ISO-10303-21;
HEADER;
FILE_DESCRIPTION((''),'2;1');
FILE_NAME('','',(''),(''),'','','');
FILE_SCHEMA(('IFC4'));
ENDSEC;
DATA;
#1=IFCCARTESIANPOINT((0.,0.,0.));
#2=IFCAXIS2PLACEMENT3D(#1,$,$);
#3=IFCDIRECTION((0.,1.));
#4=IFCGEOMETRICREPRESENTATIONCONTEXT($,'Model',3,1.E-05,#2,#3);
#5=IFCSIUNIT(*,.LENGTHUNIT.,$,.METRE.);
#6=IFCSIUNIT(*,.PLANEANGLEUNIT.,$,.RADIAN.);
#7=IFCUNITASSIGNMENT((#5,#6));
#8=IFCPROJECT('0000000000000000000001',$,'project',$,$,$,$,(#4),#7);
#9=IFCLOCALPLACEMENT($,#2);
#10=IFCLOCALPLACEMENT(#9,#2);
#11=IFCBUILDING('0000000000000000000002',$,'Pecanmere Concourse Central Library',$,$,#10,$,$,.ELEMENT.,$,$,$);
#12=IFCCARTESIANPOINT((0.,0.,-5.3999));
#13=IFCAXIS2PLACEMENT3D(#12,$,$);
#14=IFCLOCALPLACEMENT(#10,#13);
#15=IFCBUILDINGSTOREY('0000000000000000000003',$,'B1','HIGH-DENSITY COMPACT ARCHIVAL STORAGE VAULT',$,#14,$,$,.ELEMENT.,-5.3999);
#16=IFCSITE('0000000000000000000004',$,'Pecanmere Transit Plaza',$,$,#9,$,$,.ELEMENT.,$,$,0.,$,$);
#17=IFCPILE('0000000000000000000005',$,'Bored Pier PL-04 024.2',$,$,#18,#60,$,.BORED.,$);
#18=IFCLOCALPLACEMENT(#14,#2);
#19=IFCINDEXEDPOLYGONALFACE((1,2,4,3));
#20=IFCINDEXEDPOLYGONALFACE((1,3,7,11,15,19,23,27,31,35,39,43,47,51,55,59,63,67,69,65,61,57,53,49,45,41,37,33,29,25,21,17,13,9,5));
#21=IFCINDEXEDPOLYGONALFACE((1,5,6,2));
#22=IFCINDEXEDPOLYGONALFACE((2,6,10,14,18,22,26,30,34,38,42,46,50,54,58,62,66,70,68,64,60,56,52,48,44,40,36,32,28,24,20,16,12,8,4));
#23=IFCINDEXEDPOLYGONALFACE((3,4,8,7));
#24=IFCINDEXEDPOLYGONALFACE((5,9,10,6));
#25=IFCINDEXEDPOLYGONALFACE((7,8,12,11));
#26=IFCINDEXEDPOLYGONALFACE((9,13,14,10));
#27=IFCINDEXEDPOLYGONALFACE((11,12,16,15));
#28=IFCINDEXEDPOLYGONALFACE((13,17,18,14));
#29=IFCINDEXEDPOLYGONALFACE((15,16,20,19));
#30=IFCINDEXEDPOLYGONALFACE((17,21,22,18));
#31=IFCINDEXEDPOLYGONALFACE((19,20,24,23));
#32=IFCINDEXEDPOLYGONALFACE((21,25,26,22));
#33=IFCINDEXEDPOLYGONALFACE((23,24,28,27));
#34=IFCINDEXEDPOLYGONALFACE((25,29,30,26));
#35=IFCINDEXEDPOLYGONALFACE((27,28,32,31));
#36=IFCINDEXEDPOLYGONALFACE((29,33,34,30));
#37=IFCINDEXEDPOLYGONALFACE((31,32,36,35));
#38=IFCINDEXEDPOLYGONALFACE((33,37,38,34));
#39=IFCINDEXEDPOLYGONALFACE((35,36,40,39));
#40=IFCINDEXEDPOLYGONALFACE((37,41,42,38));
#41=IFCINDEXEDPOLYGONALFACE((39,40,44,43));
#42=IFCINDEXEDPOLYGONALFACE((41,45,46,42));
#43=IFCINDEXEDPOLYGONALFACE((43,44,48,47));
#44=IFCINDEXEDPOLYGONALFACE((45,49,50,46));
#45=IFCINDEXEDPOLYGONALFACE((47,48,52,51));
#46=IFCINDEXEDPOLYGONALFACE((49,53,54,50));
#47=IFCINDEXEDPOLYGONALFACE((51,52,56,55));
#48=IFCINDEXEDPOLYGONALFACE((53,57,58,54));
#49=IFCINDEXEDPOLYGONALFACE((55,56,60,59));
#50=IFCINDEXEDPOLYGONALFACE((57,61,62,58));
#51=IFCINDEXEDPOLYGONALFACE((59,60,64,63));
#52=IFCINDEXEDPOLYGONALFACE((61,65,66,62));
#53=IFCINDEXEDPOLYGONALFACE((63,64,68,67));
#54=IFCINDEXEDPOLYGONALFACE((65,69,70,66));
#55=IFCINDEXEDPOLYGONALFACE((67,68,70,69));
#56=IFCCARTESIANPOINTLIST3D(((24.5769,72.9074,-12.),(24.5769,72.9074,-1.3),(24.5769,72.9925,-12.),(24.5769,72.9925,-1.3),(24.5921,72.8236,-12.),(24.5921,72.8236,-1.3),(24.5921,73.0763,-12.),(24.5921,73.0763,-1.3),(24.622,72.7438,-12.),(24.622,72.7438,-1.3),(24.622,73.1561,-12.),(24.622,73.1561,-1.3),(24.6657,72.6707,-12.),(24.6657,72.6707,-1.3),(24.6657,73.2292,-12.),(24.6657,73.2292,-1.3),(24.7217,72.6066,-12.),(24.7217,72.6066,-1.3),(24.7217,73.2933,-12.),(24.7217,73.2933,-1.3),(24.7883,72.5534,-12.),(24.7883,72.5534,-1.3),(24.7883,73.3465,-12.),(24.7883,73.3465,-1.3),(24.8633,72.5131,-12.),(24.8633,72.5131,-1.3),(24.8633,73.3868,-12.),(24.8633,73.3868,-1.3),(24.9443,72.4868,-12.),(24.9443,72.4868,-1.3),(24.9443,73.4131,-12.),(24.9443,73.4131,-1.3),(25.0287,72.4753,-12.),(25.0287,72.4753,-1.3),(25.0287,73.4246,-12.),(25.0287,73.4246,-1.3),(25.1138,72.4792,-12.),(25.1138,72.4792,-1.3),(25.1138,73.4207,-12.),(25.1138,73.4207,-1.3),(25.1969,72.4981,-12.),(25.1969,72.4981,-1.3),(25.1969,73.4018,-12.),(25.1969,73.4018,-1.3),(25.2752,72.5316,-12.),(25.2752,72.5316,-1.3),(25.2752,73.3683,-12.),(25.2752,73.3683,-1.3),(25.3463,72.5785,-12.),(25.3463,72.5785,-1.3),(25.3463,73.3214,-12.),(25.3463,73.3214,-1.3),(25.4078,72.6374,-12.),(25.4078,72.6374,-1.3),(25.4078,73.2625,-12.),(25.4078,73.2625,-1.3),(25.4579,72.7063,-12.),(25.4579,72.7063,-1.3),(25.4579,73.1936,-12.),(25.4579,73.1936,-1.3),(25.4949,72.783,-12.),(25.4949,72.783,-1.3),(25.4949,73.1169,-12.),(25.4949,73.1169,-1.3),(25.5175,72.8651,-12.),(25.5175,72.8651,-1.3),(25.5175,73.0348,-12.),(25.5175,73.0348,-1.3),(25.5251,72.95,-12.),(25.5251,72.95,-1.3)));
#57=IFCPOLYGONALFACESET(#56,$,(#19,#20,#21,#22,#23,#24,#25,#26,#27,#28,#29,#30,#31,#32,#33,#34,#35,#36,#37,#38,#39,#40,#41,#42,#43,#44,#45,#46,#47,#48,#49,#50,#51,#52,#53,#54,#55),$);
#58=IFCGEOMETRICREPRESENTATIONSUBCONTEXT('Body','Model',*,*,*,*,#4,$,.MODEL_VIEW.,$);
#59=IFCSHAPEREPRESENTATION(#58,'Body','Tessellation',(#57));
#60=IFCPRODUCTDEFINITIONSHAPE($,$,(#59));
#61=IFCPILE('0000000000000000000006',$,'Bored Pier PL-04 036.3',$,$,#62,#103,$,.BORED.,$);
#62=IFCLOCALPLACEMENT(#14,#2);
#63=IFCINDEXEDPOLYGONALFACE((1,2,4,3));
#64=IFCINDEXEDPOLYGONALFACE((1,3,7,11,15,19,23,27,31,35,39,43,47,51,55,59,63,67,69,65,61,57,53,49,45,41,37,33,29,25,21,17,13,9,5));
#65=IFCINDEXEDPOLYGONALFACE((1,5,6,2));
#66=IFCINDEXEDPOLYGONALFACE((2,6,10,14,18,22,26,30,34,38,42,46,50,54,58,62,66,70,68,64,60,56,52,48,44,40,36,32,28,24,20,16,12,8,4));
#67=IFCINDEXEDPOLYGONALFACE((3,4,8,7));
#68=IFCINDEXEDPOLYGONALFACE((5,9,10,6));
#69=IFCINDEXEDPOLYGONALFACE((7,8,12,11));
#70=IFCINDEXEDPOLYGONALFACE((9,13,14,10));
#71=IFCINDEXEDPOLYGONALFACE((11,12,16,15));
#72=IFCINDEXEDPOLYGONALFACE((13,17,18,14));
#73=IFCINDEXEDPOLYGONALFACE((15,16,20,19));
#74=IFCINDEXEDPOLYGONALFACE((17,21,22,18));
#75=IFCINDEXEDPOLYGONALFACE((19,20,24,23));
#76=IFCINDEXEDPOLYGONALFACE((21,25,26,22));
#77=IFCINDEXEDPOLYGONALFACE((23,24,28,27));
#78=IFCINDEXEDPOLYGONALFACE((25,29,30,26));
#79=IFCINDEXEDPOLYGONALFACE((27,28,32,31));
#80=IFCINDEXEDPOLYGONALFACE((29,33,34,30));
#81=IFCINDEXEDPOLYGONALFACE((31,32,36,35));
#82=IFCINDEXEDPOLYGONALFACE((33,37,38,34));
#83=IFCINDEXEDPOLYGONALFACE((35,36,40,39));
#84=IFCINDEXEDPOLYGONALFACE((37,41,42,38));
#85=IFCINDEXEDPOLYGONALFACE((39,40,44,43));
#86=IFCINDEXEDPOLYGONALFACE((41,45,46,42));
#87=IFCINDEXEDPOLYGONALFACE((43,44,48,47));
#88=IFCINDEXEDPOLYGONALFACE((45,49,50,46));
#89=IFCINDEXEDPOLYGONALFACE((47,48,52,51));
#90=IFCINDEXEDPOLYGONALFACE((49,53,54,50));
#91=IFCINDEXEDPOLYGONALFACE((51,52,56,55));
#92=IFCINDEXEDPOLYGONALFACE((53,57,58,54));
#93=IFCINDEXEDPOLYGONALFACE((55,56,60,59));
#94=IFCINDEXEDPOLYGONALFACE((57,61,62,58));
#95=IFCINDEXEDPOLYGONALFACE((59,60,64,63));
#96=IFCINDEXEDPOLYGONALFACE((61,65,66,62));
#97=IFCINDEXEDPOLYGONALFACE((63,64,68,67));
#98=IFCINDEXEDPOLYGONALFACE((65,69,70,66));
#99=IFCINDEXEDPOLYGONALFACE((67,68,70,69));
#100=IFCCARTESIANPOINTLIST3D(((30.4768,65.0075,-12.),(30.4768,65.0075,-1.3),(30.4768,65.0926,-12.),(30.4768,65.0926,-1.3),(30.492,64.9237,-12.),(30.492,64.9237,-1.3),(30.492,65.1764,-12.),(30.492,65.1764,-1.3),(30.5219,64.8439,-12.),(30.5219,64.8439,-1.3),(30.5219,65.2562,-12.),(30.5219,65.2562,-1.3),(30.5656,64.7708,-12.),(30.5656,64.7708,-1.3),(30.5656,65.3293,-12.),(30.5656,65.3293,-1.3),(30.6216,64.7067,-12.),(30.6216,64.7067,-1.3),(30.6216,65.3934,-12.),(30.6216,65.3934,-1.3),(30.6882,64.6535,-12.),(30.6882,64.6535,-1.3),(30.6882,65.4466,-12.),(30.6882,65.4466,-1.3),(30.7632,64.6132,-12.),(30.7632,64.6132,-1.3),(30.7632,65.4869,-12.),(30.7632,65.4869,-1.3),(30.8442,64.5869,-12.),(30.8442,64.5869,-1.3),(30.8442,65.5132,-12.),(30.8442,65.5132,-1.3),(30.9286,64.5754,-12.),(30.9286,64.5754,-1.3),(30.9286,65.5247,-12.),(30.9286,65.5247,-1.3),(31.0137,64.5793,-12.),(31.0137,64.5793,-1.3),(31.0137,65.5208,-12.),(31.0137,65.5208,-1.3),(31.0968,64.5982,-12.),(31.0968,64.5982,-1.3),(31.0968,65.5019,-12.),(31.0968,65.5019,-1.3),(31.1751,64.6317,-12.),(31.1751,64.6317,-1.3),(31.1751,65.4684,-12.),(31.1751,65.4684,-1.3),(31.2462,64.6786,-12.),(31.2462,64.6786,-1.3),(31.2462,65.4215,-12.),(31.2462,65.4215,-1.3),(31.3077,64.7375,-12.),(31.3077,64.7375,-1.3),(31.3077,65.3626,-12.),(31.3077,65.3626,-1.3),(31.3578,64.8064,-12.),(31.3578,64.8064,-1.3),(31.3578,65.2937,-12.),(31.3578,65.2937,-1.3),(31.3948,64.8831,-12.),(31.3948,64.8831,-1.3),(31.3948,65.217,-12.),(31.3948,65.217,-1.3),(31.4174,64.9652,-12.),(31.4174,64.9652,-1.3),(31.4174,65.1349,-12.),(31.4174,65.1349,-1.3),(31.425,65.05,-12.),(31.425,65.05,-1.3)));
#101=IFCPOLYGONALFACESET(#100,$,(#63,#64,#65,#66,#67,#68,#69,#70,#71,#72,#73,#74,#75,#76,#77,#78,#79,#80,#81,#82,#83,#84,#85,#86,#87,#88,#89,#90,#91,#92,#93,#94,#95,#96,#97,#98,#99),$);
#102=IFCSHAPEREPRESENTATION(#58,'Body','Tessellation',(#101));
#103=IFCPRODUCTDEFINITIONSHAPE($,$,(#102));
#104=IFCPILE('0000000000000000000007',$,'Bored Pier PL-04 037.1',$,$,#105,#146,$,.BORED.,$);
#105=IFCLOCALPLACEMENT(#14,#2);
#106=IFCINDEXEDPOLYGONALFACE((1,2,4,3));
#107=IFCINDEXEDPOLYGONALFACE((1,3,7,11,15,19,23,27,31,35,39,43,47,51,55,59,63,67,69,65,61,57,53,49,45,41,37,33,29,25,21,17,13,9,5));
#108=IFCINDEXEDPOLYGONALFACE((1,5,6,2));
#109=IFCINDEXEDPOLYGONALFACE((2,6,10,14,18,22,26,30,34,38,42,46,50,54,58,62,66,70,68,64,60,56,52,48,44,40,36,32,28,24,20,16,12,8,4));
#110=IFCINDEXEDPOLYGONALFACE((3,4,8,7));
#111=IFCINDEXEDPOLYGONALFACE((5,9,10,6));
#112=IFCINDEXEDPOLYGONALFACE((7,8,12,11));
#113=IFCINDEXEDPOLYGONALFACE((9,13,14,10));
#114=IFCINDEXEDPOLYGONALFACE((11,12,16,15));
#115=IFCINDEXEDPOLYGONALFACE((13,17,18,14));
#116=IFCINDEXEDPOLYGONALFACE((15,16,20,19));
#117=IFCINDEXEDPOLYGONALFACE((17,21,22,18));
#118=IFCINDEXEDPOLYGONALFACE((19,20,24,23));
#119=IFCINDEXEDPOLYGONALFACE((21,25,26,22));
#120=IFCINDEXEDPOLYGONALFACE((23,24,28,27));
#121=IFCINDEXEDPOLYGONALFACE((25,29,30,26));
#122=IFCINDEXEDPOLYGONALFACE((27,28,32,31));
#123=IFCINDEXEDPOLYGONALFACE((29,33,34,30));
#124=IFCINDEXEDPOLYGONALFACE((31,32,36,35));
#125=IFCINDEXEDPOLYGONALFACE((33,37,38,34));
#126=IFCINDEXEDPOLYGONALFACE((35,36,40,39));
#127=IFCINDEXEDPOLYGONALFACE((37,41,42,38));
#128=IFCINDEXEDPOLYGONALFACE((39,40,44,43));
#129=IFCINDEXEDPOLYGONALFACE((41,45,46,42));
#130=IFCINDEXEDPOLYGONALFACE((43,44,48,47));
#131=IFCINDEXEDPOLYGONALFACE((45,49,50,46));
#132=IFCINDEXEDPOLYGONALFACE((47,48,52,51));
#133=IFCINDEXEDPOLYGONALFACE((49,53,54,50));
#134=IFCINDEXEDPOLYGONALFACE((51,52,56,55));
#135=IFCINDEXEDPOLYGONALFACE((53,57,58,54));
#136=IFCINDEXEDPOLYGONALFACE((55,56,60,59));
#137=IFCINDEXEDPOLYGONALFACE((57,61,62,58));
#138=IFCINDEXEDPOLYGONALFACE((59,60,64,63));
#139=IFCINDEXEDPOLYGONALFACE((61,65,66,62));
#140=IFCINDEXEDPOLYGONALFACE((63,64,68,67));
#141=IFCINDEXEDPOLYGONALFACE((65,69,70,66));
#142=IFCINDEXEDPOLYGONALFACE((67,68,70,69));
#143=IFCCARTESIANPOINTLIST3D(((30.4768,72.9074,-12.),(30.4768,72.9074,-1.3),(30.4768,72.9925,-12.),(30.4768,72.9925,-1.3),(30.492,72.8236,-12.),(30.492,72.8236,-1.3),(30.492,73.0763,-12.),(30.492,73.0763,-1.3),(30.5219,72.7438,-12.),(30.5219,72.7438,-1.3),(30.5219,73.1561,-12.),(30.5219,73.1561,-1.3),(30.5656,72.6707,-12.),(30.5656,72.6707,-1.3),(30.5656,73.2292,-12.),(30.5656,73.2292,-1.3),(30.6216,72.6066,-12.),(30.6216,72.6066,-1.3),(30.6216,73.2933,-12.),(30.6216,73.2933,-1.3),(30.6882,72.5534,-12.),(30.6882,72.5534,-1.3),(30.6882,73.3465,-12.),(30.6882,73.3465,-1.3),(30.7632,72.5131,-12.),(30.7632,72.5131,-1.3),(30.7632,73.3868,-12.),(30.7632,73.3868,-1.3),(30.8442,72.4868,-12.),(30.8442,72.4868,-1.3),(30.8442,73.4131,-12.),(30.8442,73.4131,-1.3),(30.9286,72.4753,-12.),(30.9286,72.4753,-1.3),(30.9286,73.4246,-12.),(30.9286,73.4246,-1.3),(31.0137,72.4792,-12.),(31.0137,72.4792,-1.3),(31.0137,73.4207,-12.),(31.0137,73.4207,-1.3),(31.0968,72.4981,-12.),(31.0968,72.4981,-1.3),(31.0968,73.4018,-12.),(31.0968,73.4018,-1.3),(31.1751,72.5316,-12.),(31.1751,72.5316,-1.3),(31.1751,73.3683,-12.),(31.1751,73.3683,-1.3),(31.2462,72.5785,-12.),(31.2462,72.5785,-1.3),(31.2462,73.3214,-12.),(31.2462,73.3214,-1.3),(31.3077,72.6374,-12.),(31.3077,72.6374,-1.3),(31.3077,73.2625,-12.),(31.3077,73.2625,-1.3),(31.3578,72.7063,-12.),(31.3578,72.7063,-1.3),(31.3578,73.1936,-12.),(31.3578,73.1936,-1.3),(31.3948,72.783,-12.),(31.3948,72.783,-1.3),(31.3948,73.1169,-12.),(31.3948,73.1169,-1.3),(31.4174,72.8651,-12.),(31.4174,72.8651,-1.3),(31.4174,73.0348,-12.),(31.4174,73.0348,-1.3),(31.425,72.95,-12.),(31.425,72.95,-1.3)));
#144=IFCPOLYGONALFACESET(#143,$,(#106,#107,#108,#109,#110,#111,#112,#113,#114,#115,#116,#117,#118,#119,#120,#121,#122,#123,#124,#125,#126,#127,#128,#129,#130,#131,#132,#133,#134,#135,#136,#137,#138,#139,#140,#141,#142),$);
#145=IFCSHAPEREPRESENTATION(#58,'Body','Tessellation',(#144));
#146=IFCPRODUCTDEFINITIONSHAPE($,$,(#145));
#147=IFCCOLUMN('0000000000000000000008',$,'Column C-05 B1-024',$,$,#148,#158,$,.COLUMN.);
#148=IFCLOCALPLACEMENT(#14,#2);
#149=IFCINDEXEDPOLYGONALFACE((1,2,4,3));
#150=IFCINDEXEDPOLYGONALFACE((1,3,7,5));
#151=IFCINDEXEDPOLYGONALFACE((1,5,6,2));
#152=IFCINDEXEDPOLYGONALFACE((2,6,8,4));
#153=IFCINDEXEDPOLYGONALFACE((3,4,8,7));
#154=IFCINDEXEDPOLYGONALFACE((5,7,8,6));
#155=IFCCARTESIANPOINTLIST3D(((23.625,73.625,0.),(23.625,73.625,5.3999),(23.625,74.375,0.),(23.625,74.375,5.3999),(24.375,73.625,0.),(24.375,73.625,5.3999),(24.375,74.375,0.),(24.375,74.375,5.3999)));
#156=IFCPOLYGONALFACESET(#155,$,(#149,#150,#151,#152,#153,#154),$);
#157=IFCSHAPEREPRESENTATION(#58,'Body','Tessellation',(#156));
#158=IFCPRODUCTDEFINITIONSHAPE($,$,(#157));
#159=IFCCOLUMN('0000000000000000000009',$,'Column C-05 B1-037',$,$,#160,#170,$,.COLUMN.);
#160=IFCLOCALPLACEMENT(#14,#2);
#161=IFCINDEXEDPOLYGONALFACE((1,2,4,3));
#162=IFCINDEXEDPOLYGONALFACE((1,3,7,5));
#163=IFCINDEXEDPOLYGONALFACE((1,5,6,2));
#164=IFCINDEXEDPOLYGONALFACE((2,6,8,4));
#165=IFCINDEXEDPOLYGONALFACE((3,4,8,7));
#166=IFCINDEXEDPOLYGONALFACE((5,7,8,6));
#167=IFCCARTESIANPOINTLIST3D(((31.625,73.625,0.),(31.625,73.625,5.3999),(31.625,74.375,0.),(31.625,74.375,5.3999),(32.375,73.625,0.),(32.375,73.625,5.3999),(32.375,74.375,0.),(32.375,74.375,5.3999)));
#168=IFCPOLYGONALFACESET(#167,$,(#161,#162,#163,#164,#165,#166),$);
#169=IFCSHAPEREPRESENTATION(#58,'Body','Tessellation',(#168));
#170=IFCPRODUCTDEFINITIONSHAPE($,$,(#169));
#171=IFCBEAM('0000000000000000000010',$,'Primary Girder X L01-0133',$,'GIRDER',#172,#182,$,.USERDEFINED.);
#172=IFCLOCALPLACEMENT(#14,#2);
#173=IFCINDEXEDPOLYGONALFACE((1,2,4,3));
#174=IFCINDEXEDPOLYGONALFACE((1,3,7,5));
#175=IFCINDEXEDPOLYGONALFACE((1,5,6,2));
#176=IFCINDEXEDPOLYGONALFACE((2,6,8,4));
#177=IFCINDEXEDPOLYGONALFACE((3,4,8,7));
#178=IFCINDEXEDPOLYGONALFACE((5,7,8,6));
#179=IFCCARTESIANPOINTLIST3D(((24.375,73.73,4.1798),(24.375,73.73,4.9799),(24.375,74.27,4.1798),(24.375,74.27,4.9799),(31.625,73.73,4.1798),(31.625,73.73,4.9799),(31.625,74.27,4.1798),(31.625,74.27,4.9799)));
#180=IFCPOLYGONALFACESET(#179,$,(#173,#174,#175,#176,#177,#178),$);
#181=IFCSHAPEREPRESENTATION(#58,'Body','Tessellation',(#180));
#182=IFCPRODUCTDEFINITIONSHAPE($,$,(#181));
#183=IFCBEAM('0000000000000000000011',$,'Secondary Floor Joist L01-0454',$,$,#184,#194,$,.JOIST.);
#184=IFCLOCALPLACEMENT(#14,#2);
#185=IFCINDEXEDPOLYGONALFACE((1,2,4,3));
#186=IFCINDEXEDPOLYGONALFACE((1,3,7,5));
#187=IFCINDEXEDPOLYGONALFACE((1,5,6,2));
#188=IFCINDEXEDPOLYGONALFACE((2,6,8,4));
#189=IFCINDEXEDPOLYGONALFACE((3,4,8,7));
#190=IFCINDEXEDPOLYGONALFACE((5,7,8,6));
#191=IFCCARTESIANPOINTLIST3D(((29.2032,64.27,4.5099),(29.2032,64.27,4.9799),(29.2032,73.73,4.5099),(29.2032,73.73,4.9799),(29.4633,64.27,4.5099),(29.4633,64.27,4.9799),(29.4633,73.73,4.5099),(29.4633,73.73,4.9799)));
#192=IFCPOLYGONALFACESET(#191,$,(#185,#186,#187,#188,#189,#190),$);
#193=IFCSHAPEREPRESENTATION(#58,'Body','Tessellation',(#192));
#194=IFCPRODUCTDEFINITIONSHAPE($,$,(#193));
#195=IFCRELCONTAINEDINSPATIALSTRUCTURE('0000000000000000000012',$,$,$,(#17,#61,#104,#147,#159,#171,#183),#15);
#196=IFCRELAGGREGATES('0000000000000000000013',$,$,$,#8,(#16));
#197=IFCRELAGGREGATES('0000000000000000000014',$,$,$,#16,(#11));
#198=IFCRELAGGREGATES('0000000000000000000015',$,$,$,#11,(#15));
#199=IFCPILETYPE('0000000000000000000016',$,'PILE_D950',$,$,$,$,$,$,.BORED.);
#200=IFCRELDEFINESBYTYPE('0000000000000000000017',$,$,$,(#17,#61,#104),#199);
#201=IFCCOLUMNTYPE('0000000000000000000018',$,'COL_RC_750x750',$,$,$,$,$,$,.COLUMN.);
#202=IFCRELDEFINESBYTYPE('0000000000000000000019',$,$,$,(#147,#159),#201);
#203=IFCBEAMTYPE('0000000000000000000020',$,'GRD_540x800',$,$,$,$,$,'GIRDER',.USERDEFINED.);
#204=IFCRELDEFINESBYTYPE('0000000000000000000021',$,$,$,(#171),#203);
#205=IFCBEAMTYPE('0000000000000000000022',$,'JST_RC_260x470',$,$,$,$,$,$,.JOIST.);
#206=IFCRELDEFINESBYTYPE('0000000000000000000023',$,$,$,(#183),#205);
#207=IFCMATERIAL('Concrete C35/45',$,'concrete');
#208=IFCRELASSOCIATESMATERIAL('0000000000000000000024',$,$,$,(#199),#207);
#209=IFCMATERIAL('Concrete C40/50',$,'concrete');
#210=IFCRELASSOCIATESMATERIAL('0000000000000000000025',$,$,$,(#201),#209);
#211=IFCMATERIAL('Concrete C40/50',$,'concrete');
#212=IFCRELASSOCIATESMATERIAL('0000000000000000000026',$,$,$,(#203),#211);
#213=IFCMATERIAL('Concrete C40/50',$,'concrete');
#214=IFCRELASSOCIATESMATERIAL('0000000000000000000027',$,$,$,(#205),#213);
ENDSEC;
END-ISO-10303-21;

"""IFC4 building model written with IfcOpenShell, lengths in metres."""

from ifc_helpers import new_model, si_unit, direction, frame, origin, origin_2d, place, context, subcontext, project, spatial, rectangle, circle, extrude, material, material_profile, profile_set, type_object, element, save


model = new_model("IFC4")

# Units and contexts
model_context = context("Model", 3, precision=1e-05, world=origin(), true_north=direction((0.0, 1.0)))
body_context = subcontext(model_context, "Body", "Model", "MODEL_VIEW")
ifc_project = project(units=[si_unit("LENGTHUNIT", "METRE"), si_unit("PLANEANGLEUNIT", "RADIAN")], contexts=[model_context])

# Site, building, storey
site_placement = place(None, origin())
site = spatial("IfcSite", under=ifc_project, at=site_placement, Name="Pecanmere Transit Plaza", CompositionType="ELEMENT", RefElevation=0.0)
building_placement = place(site_placement, origin())
building = spatial("IfcBuilding", under=site, at=building_placement, Name="Pecanmere Concourse Central Library", CompositionType="ELEMENT")
storey_placement = place(building_placement, frame((0.0, 0.0, -5.3999)))
storey = spatial("IfcBuildingStorey", under=building, at=storey_placement, Name="B1", Description="HIGH-DENSITY COMPACT ARCHIVAL STORAGE VAULT", CompositionType="ELEMENT", Elevation=-5.3999)

# Piles
ifc_material_1 = material(Name="Concrete C35/45", Category="concrete")
ifc_material_profile_1 = material_profile(ifc_material_1, circle(Radius=0.4751, at=origin_2d()), Name="PIER D950")
ifc_profile_set_1 = profile_set([ifc_material_profile_1], Name="Concrete C35/45")
pile_type = type_object("IfcPileType", Name="PILE_D950", PredefinedType="BORED", material=ifc_profile_set_1)
for number, where, z_axis, x_axis, name in (
    (1, (25.05, 72.95, -1.3), (0.0, 0.0, -1.0), (1.0, 0.0, 0.0), "Bored Pier PL-04 024.2"),
    (2, (30.95, 65.05, -1.3), (0.0, 0.0, -1.0), (1.0, 0.0, 0.0), "Bored Pier PL-04 036.3"),
    (3, (30.95, 72.95, -1.3), (0.0, 0.0, -1.0), (1.0, 0.0, 0.0), "Bored Pier PL-04 037.1"),
):
    element("IfcPile", number, at=place(storey_placement, frame(where, z_axis=z_axis, x_axis=x_axis)), inside=storey, type_object=pile_type, Name=name, PredefinedType="BORED", context=body_context, shape_type="SweptSolid", body=[
        extrude(circle(Radius=0.4751, at=origin_2d()), origin(), (0.0, 0.0, 1.0), 10.7),
    ])

# Columns
ifc_material_2 = material(Name="Concrete C40/50", Category="concrete")
ifc_material_profile_2 = material_profile(ifc_material_2, rectangle(XDim=0.75, YDim=0.75, at=origin_2d()), Name="RC 750x750")
ifc_profile_set_2 = profile_set([ifc_material_profile_2], Name="Concrete C40/50")
column_type = type_object("IfcColumnType", Name="COL_RC_750x750", PredefinedType="COLUMN", material=ifc_profile_set_2)
for number, where, z_axis, x_axis, name in (
    (4, (24.0, 74.0, 0.0), (0.0, 0.0, 1.0), (1.0, 0.0, 0.0), "Column C-05 B1-024"),
    (5, (32.0, 74.0, 0.0), (0.0, 0.0, 1.0), (1.0, 0.0, 0.0), "Column C-05 B1-037"),
):
    element("IfcColumn", number, at=place(storey_placement, frame(where, z_axis=z_axis, x_axis=x_axis)), inside=storey, type_object=column_type, Name=name, PredefinedType="COLUMN", context=body_context, shape_type="SweptSolid", body=[
        extrude(rectangle(XDim=0.75, YDim=0.75, at=origin_2d()), origin(), (0.0, 0.0, 1.0), 5.3999),
    ])

# Beams
ifc_material_3 = material(Name="Concrete C40/50", Category="concrete")
ifc_material_profile_3 = material_profile(ifc_material_3, rectangle(XDim=0.54, YDim=0.8, at=origin_2d()), Name="RC 540x800")
ifc_profile_set_3 = profile_set([ifc_material_profile_3], Name="Concrete C40/50")
beam_type_1 = type_object("IfcBeamType", Name="GRD_540x800", ElementType="GIRDER", PredefinedType="USERDEFINED", material=ifc_profile_set_3)
beam_1_placement = place(storey_placement, frame((24.375, 74.0, 4.5798), z_axis=(1.0, 0.0, 0.0), x_axis=(0.0, 1.0, 0.0)))
element("IfcBeam", 6, at=beam_1_placement, inside=storey, type_object=beam_type_1, Name="Primary Girder X L01-0133", ObjectType="GIRDER", PredefinedType="USERDEFINED", context=body_context, shape_type="SweptSolid", body=[
    extrude(rectangle(XDim=0.54, YDim=0.8, at=origin_2d()), origin(), (0.0, 0.0, 1.0), 7.25),
])
ifc_material_4 = material(Name="Concrete C40/50", Category="concrete")
ifc_material_profile_4 = material_profile(ifc_material_4, rectangle(XDim=0.26, YDim=0.47, at=origin_2d()), Name="RC 260x470")
ifc_profile_set_4 = profile_set([ifc_material_profile_4], Name="Concrete C40/50")
beam_type_2 = type_object("IfcBeamType", Name="JST_RC_260x470", PredefinedType="JOIST", material=ifc_profile_set_4)
beam_2_placement = place(storey_placement, frame((29.3333, 64.27, 4.7449), z_axis=(0.0, 1.0, 0.0), x_axis=(-1.0, 0.0, 0.0)))
element("IfcBeam", 7, at=beam_2_placement, inside=storey, type_object=beam_type_2, Name="Secondary Floor Joist L01-0454", PredefinedType="JOIST", context=body_context, shape_type="SweptSolid", body=[
    extrude(rectangle(XDim=0.26, YDim=0.47, at=origin_2d()), origin(), (0.0, 0.0, 1.0), 9.46),
])

save(model, "model.ifc")
